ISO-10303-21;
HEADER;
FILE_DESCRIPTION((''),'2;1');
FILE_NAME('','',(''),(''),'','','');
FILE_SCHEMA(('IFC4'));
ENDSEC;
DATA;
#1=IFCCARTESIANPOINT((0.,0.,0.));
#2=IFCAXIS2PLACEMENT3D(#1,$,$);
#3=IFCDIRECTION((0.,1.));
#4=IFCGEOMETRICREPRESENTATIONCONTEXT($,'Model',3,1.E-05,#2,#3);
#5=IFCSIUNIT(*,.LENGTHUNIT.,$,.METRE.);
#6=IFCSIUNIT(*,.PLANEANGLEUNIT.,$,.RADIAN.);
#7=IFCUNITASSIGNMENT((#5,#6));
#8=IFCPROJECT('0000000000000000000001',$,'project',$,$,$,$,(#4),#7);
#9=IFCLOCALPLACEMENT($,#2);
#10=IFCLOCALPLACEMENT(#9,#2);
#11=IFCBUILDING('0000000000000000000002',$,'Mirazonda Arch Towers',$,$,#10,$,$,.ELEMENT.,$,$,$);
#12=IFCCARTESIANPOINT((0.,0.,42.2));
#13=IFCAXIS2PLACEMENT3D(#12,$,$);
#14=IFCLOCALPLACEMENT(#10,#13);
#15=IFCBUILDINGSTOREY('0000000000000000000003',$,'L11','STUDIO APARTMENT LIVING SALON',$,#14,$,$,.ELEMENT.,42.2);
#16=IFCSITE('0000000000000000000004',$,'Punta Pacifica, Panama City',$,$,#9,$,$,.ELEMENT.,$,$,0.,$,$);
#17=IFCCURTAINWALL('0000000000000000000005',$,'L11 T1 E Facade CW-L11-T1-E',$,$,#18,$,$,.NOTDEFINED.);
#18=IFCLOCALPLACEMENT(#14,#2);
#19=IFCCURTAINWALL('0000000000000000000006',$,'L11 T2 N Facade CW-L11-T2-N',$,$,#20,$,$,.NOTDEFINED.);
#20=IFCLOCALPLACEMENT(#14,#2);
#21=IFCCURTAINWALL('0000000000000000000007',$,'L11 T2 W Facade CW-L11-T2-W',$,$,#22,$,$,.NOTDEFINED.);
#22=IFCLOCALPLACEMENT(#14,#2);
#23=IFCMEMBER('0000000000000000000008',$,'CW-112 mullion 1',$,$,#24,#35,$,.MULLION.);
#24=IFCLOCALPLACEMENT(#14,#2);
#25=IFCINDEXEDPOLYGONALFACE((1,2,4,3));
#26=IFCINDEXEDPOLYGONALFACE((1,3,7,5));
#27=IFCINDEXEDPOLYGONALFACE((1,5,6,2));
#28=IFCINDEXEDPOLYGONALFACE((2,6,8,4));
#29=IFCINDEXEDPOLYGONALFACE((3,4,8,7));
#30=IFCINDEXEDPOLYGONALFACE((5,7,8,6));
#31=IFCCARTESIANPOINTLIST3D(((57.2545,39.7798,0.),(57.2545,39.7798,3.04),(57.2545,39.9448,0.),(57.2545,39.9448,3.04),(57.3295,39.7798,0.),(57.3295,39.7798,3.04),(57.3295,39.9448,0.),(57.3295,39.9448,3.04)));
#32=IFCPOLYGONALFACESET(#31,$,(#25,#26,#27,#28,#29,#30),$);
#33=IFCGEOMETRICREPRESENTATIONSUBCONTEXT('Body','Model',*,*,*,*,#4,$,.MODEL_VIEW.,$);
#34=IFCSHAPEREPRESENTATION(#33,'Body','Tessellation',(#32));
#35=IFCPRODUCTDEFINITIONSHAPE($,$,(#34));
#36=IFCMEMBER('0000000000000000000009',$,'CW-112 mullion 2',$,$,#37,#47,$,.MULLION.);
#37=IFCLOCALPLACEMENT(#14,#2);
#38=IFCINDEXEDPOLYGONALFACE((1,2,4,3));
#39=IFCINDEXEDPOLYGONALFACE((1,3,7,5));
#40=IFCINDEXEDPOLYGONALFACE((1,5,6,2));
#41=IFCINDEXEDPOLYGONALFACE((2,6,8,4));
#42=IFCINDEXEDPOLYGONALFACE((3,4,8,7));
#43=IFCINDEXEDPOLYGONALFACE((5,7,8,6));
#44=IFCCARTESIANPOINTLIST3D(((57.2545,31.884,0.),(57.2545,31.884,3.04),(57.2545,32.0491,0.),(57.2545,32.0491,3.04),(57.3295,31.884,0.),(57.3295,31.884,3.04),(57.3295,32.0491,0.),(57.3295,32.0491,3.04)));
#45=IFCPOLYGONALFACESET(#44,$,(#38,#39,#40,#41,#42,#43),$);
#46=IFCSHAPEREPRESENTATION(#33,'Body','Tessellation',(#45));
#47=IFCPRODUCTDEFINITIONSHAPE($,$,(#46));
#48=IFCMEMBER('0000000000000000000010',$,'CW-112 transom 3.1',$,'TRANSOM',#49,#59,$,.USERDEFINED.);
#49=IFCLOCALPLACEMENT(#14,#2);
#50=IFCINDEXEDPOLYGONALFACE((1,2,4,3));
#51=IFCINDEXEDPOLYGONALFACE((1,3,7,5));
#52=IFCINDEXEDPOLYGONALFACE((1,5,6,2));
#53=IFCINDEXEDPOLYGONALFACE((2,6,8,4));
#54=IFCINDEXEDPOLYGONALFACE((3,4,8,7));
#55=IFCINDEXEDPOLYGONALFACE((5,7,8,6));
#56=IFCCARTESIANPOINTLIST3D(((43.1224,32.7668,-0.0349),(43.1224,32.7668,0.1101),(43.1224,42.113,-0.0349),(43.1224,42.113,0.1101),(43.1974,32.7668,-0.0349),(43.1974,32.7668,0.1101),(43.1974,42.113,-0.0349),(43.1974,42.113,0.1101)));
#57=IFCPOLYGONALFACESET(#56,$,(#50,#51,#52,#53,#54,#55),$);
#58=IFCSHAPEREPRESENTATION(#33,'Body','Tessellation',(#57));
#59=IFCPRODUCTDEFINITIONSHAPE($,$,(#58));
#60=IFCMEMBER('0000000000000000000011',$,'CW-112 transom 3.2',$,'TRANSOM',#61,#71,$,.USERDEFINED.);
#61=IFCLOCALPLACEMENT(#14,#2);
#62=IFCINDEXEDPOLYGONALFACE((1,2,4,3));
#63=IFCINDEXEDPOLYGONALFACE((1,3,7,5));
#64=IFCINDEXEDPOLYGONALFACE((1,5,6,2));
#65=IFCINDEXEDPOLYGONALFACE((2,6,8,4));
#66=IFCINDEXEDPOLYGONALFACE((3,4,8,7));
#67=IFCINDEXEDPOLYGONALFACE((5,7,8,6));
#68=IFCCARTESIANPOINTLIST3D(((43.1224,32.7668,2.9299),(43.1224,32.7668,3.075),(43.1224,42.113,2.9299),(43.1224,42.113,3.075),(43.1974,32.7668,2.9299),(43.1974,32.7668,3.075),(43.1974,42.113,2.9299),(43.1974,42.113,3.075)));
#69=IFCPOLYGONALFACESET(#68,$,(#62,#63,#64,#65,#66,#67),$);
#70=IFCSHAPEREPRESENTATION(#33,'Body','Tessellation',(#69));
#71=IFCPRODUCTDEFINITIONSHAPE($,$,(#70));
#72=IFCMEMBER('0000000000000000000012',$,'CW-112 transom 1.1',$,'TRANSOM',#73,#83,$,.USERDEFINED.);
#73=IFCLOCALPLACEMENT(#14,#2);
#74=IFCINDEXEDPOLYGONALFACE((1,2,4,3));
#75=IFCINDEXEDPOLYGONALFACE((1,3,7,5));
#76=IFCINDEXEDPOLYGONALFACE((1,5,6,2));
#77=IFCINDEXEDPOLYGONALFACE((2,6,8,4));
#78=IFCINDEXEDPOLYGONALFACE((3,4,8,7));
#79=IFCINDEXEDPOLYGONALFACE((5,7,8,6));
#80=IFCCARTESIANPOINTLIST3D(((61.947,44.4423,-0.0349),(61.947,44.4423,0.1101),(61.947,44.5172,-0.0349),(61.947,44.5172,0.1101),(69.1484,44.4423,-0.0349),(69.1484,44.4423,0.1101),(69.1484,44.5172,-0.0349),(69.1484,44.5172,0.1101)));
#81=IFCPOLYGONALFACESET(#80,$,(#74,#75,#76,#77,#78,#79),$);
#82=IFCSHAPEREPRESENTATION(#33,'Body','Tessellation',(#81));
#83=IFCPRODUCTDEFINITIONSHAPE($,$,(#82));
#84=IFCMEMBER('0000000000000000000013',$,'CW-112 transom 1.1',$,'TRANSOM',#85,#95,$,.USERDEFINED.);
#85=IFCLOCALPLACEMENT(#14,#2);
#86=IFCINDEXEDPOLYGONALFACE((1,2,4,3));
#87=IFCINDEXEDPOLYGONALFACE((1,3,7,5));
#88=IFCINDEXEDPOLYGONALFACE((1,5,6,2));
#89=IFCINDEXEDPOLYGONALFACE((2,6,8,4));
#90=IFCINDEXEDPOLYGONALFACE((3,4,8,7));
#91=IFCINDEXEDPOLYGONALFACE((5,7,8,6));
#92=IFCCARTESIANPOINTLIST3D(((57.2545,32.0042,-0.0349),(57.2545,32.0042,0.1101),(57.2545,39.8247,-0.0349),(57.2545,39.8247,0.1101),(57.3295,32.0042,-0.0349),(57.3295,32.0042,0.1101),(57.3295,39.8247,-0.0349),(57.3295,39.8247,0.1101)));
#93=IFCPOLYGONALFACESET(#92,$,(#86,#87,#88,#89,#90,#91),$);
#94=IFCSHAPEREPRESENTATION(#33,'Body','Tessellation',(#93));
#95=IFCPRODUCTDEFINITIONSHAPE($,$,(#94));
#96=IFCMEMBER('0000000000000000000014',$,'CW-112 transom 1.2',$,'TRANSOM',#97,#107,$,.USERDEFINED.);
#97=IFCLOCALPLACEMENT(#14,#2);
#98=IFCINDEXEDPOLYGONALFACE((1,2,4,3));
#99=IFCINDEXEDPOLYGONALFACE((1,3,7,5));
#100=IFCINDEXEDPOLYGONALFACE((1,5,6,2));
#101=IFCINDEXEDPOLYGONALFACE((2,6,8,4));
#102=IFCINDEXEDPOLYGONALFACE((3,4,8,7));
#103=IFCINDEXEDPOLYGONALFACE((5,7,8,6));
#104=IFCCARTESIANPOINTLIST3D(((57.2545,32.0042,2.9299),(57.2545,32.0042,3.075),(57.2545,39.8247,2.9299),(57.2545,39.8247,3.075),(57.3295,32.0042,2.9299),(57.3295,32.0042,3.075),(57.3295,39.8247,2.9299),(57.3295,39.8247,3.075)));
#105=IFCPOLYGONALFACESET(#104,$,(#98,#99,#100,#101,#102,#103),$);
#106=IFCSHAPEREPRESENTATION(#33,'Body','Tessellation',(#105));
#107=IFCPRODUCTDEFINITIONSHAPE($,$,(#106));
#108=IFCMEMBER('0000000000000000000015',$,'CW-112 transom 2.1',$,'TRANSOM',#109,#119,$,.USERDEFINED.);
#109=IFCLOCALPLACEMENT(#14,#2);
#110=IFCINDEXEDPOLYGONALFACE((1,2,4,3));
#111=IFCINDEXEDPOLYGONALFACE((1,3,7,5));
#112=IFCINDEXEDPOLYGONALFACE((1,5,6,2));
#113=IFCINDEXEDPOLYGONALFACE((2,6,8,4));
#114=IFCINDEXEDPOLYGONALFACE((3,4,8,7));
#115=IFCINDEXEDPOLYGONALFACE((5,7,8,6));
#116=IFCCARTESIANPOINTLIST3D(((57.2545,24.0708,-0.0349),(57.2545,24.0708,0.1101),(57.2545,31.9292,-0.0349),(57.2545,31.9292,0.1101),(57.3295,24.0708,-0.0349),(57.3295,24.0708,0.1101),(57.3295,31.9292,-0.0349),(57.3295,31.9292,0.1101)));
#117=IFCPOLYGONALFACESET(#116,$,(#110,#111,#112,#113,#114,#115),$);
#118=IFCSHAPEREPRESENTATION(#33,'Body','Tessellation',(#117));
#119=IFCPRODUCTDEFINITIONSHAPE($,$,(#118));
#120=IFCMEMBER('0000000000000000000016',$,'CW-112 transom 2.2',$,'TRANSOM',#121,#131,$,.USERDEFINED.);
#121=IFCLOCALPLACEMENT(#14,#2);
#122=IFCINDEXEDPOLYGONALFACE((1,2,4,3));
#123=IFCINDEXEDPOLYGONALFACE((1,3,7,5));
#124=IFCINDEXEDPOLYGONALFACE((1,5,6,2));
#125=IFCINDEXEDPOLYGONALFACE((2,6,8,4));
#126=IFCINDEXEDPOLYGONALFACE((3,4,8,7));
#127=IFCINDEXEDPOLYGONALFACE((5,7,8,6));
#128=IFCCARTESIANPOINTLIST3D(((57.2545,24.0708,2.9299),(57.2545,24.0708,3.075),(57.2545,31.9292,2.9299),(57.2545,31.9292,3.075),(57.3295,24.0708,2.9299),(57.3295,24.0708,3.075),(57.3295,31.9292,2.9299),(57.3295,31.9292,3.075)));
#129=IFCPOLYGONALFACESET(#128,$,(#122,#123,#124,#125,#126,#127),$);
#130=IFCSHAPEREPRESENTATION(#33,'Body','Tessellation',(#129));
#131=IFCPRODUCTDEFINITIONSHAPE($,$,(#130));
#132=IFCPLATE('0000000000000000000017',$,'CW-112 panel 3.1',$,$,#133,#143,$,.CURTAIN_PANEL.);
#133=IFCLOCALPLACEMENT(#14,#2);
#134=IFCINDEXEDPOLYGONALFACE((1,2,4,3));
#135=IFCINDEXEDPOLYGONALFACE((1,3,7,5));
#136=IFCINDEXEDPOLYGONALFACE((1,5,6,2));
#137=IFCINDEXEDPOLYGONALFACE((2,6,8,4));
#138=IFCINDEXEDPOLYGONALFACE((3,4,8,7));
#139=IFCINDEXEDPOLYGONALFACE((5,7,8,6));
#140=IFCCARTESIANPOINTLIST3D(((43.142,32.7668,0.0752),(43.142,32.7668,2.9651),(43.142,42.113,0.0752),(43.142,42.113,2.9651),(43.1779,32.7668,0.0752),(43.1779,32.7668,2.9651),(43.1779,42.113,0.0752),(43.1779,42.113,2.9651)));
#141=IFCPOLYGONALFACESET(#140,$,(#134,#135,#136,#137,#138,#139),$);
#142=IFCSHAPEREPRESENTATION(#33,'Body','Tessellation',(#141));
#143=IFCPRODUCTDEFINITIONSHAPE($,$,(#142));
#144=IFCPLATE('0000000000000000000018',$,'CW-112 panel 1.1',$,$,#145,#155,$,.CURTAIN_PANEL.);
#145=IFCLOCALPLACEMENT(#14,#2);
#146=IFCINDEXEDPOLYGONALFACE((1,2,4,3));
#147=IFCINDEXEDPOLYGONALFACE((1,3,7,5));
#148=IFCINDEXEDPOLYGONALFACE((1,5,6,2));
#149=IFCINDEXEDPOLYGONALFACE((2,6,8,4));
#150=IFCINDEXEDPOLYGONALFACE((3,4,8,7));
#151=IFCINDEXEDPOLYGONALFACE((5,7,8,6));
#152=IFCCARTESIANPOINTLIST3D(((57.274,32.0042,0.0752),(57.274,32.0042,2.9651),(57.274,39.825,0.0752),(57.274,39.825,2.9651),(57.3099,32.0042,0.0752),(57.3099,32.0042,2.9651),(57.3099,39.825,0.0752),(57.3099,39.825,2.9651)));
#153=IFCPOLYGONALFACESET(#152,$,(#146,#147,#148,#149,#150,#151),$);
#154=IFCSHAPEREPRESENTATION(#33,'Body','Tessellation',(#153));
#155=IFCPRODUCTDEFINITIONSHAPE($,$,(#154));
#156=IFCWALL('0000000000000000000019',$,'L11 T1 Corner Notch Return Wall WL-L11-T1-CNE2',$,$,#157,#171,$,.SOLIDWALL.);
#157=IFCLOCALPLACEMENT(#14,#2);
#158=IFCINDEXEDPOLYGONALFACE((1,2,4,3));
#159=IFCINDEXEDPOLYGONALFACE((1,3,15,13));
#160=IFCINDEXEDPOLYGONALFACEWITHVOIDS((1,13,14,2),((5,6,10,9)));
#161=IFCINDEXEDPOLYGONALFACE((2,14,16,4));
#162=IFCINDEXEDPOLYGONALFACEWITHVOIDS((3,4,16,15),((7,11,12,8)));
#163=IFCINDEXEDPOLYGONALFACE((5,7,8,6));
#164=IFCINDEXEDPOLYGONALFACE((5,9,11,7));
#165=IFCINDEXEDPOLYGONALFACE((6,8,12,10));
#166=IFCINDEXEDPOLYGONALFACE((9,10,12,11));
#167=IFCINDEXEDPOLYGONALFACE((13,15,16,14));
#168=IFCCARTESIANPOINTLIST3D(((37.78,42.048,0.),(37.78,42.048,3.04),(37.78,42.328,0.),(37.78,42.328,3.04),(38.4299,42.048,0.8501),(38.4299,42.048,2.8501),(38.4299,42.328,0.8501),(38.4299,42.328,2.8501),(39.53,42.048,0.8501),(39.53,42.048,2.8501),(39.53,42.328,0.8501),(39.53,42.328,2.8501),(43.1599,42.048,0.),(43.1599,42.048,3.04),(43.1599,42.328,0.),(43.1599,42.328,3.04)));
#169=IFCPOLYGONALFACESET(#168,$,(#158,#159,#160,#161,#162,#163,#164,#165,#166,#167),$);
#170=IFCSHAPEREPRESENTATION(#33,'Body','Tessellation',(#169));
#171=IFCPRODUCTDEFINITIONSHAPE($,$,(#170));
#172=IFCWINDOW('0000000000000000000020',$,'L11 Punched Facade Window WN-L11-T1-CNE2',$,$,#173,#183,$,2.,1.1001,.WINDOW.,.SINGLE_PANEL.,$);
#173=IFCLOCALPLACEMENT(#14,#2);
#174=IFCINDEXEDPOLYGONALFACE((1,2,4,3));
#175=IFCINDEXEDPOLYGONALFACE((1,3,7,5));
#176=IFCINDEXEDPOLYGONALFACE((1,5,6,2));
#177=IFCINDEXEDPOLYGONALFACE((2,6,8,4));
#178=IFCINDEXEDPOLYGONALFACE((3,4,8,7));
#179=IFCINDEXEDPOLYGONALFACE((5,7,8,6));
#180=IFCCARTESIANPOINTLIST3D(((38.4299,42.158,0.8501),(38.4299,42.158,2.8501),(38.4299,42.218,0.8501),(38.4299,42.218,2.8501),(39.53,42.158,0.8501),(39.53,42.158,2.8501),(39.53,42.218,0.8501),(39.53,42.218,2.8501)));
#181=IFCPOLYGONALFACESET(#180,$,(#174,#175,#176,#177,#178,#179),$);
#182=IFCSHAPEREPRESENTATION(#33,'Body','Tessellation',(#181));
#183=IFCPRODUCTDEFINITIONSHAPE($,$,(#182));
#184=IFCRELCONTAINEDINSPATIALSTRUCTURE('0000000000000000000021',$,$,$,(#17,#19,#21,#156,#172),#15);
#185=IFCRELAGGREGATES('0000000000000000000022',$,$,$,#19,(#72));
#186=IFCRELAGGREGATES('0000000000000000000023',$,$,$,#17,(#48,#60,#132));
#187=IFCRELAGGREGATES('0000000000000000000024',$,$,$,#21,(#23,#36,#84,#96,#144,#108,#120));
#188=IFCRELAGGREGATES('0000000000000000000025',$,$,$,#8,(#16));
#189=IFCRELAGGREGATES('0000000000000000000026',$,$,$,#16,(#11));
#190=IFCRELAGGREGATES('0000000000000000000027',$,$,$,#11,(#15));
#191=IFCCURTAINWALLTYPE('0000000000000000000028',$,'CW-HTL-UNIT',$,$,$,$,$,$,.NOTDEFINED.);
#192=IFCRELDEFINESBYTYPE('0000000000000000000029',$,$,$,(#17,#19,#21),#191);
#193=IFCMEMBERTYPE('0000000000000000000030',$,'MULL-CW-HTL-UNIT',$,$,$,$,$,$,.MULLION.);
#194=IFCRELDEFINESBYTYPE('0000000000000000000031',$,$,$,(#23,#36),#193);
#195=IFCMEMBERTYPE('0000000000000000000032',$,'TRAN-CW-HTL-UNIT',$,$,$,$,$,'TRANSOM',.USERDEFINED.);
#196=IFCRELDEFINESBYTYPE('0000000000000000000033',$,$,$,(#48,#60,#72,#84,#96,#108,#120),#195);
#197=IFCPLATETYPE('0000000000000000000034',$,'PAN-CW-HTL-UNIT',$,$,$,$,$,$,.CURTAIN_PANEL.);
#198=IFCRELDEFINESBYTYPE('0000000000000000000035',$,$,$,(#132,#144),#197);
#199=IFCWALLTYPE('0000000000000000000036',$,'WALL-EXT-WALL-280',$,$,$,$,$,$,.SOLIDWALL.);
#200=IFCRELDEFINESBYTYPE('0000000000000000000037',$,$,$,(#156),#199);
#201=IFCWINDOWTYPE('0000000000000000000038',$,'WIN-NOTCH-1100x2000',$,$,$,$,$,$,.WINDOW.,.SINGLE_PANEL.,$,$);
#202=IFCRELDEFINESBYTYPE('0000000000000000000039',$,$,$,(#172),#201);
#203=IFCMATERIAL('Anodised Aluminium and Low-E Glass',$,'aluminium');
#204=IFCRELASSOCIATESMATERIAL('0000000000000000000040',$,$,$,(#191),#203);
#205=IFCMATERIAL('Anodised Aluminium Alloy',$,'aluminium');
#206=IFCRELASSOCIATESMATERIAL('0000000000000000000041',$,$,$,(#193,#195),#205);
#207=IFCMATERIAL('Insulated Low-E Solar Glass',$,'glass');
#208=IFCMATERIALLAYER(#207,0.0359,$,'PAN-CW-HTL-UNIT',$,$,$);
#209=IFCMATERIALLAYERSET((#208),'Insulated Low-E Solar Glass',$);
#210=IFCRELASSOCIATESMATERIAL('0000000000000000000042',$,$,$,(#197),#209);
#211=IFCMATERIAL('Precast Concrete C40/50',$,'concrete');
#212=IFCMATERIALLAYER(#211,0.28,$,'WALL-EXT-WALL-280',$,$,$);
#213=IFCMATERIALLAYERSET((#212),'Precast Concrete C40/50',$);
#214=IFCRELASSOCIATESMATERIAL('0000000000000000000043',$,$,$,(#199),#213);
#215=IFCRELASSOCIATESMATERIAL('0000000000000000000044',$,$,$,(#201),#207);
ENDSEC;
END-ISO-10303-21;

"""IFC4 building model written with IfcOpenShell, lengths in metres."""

from ifc_helpers import new_model, si_unit, direction, frame, frame_2d, origin, origin_2d, place, context, subcontext, project, spatial, rectangle, extrude, material, layer, layer_set, material_profile, profile_set, type_object, element, fill, aggregate, save


model = new_model("IFC4")

# Units and contexts
model_context = context("Model", 3, precision=1e-05, world=origin(), true_north=direction((0.0, 1.0)))
body_context = subcontext(model_context, "Body", "Model", "MODEL_VIEW")
ifc_project = project(units=[si_unit("LENGTHUNIT", "METRE"), si_unit("PLANEANGLEUNIT", "RADIAN")], contexts=[model_context])

# Site, building, storey
site_placement = place(None, origin())
site = spatial("IfcSite", under=ifc_project, at=site_placement, Name="Punta Pacifica, Panama City", CompositionType="ELEMENT", RefElevation=0.0)
building_placement = place(site_placement, origin())
building = spatial("IfcBuilding", under=site, at=building_placement, Name="Mirazonda Arch Towers", CompositionType="ELEMENT")
storey_placement = place(building_placement, frame((0.0, 0.0, 42.2)))
storey = spatial("IfcBuildingStorey", under=building, at=storey_placement, Name="L11", Description="STUDIO APARTMENT LIVING SALON", CompositionType="ELEMENT", Elevation=42.2)

# Curtain wall
ifc_material_1 = material(Name="Anodised Aluminium and Low-E Glass", Category="aluminium")
curtain_wall_type = type_object("IfcCurtainWallType", Name="CW-HTL-UNIT", PredefinedType="NOTDEFINED", material=ifc_material_1)
curtain_wall_1_placement = place(storey_placement, origin())
curtain_wall_1 = element("IfcCurtainWall", 1, at=curtain_wall_1_placement, inside=storey, type_object=curtain_wall_type, Name="L11 T1 E Facade CW-L11-T1-E", PredefinedType="NOTDEFINED")
ifc_material_2 = material(Name="Anodised Aluminium Alloy", Category="aluminium")
ifc_material_profile_1 = material_profile(ifc_material_2, rectangle(XDim=0.075, YDim=0.165, at=origin_2d()), Name="ALU-MULL-75x165")
ifc_profile_set_1 = profile_set([ifc_material_profile_1], Name="Anodised Aluminium Alloy")
member_type_1 = type_object("IfcMemberType", Name="MULL-CW-HTL-UNIT", PredefinedType="MULLION", material=ifc_profile_set_1)

# Curtain wall
curtain_wall_2_placement = place(storey_placement, origin())
curtain_wall_2 = element("IfcCurtainWall", 2, at=curtain_wall_2_placement, inside=storey, type_object=curtain_wall_type, Name="L11 T2 N Facade CW-L11-T2-N", PredefinedType="NOTDEFINED")

# Curtain wall, members
curtain_wall_3_placement = place(storey_placement, origin())
curtain_wall_3 = element("IfcCurtainWall", 3, at=curtain_wall_3_placement, inside=storey, type_object=curtain_wall_type, Name="L11 T2 W Facade CW-L11-T2-W", PredefinedType="NOTDEFINED")
member_1_placement = place(storey_placement, frame((57.292, 39.8623, 0.0), z_axis=(0.0, 0.0, 1.0), x_axis=(1.0, 0.0, 0.0)))
member_1 = element("IfcMember", 4, at=member_1_placement, type_object=member_type_1, Name="CW-112 mullion 1", PredefinedType="MULLION", context=body_context, shape_type="SweptSolid", body=[
    extrude(rectangle(XDim=0.075, YDim=0.165, at=origin_2d()), origin(), (0.0, 0.0, 1.0), 3.04),
])
member_2_placement = place(storey_placement, frame((57.292, 31.9666, 0.0), z_axis=(0.0, 0.0, 1.0), x_axis=(1.0, 0.0, 0.0)))
member_2 = element("IfcMember", 5, at=member_2_placement, type_object=member_type_1, Name="CW-112 mullion 2", PredefinedType="MULLION", context=body_context, shape_type="SweptSolid", body=[
    extrude(rectangle(XDim=0.075, YDim=0.165, at=origin_2d()), origin(), (0.0, 0.0, 1.0), 3.04),
])

# Members
ifc_material_profile_2 = material_profile(ifc_material_2, rectangle(XDim=0.075, YDim=0.145, at=origin_2d()), Name="ALU-TRAN-75x145")
ifc_profile_set_2 = profile_set([ifc_material_profile_2], Name="Anodised Aluminium Alloy")
member_type_2 = type_object("IfcMemberType", Name="TRAN-CW-HTL-UNIT", ElementType="TRANSOM", PredefinedType="USERDEFINED", material=ifc_profile_set_2)
member_3_placement = place(storey_placement, frame((43.1599, 32.7668, 0.0376), z_axis=(0.0, 1.0, 0.0), x_axis=(-1.0, 0.0, 0.0)))
member_3 = element("IfcMember", 6, at=member_3_placement, type_object=member_type_2, Name="CW-112 transom 3.1", ObjectType="TRANSOM", PredefinedType="USERDEFINED", context=body_context, shape_type="SweptSolid", body=[
    extrude(rectangle(XDim=0.075, YDim=0.145, at=origin_2d()), origin(), (0.0, 0.0, 1.0), 9.3462),
])
member_4_placement = place(storey_placement, frame((43.1599, 32.7668, 3.0024), z_axis=(0.0, 1.0, 0.0), x_axis=(-1.0, 0.0, 0.0)))
member_4 = element("IfcMember", 7, at=member_4_placement, type_object=member_type_2, Name="CW-112 transom 3.2", ObjectType="TRANSOM", PredefinedType="USERDEFINED", context=body_context, shape_type="SweptSolid", body=[
    extrude(rectangle(XDim=0.075, YDim=0.145, at=origin_2d()), origin(), (0.0, 0.0, 1.0), 9.3462),
])
member_5_placement = place(storey_placement, frame((61.947, 44.4797, 0.0376), z_axis=(1.0, 0.0, 0.0), x_axis=(0.0, 1.0, 0.0)))
member_5 = element("IfcMember", 8, at=member_5_placement, type_object=member_type_2, Name="CW-112 transom 1.1", ObjectType="TRANSOM", PredefinedType="USERDEFINED", context=body_context, shape_type="SweptSolid", body=[
    extrude(rectangle(XDim=0.075, YDim=0.145, at=origin_2d()), origin(), (0.0, 0.0, 1.0), 7.2014),
])
aggregate(curtain_wall_2, [member_5])
member_6_placement = place(storey_placement, frame((57.292, 39.8247, 0.0376), z_axis=(0.0, -1.0, 0.0), x_axis=(1.0, 0.0, 0.0)))
member_6 = element("IfcMember", 9, at=member_6_placement, type_object=member_type_2, Name="CW-112 transom 1.1", ObjectType="TRANSOM", PredefinedType="USERDEFINED", context=body_context, shape_type="SweptSolid", body=[
    extrude(rectangle(XDim=0.075, YDim=0.145, at=origin_2d()), origin(), (0.0, 0.0, 1.0), 7.8206),
])
member_7_placement = place(storey_placement, frame((57.292, 39.8247, 3.0024), z_axis=(0.0, -1.0, 0.0), x_axis=(1.0, 0.0, 0.0)))
member_7 = element("IfcMember", 10, at=member_7_placement, type_object=member_type_2, Name="CW-112 transom 1.2", ObjectType="TRANSOM", PredefinedType="USERDEFINED", context=body_context, shape_type="SweptSolid", body=[
    extrude(rectangle(XDim=0.075, YDim=0.145, at=origin_2d()), origin(), (0.0, 0.0, 1.0), 7.8206),
])
member_8_placement = place(storey_placement, frame((57.292, 31.9292, 0.0376), z_axis=(0.0, -1.0, 0.0), x_axis=(1.0, 0.0, 0.0)))
member_8 = element("IfcMember", 11, at=member_8_placement, type_object=member_type_2, Name="CW-112 transom 2.1", ObjectType="TRANSOM", PredefinedType="USERDEFINED", context=body_context, shape_type="SweptSolid", body=[
    extrude(rectangle(XDim=0.075, YDim=0.145, at=origin_2d()), origin(), (0.0, 0.0, 1.0), 7.8584),
])
member_9_placement = place(storey_placement, frame((57.292, 31.9292, 3.0024), z_axis=(0.0, -1.0, 0.0), x_axis=(1.0, 0.0, 0.0)))
member_9 = element("IfcMember", 12, at=member_9_placement, type_object=member_type_2, Name="CW-112 transom 2.2", ObjectType="TRANSOM", PredefinedType="USERDEFINED", context=body_context, shape_type="SweptSolid", body=[
    extrude(rectangle(XDim=0.075, YDim=0.145, at=origin_2d()), origin(), (0.0, 0.0, 1.0), 7.8584),
])

# Plates
ifc_material_3 = material(Name="Insulated Low-E Solar Glass", Category="glass")
ifc_layer_1 = layer(ifc_material_3, 0.0359, Name="PAN-CW-HTL-UNIT")
ifc_layer_set_1 = layer_set([ifc_layer_1], Name="Insulated Low-E Solar Glass")
plate_type = type_object("IfcPlateType", Name="PAN-CW-HTL-UNIT", PredefinedType="CURTAIN_PANEL", material=ifc_layer_set_1)
plate_1_placement = place(storey_placement, frame((43.1599, 37.4399, 0.0752), z_axis=(0.0, 0.0, 1.0), x_axis=(0.0, 1.0, 0.0)))
plate_1 = element("IfcPlate", 13, at=plate_1_placement, type_object=plate_type, Name="CW-112 panel 3.1", PredefinedType="CURTAIN_PANEL", context=body_context, shape_type="SweptSolid", body=[
    extrude(rectangle(XDim=9.3462, YDim=0.0359, at=origin_2d()), origin(), (0.0, 0.0, 1.0), 2.8899),
])
aggregate(curtain_wall_1, [member_3, member_4, plate_1])
plate_2_placement = place(storey_placement, frame((57.292, 35.9146, 0.0752), z_axis=(0.0, 0.0, 1.0), x_axis=(0.0, -1.0, 0.0)))
plate_2 = element("IfcPlate", 14, at=plate_2_placement, type_object=plate_type, Name="CW-112 panel 1.1", PredefinedType="CURTAIN_PANEL", context=body_context, shape_type="SweptSolid", body=[
    extrude(rectangle(XDim=7.8208, YDim=0.0359, at=origin_2d()), origin(), (0.0, 0.0, 1.0), 2.8899),
])
aggregate(curtain_wall_3, [member_1, member_2, member_6, member_7, plate_2, member_8, member_9])

# Wall, opening, window
ifc_material_4 = material(Name="Precast Concrete C40/50", Category="concrete")
ifc_layer_2 = layer(ifc_material_4, 0.28, Name="WALL-EXT-WALL-280")
ifc_layer_set_2 = layer_set([ifc_layer_2], Name="Precast Concrete C40/50")
wall_type_1 = type_object("IfcWallType", Name="WALL-EXT-WALL-280", PredefinedType="SOLIDWALL", material=ifc_layer_set_2)
wall_1_placement = place(storey_placement, frame((43.1599, 42.188, 0.0), z_axis=(0.0, 0.0, 1.0), x_axis=(-1.0, 0.0, 0.0)))
wall_1 = element("IfcWall", 15, at=wall_1_placement, inside=storey, type_object=wall_type_1, Name="L11 T1 Corner Notch Return Wall WL-L11-T1-CNE2", PredefinedType="SOLIDWALL", context=body_context, shape_type="SweptSolid", body=[
    extrude(rectangle(XDim=5.3799, YDim=0.28, at=frame_2d((2.6899, 0.0))), origin(), (0.0, 0.0, 1.0), 3.04),
])
opening_1_placement = place(wall_1_placement, frame((3.6299, 0.0, 0.8501)))
opening_1 = element("IfcOpeningElement", 16, at=opening_1_placement, cuts=wall_1, PredefinedType="OPENING", context=body_context, shape_type="SweptSolid", body=[
    extrude(rectangle(XDim=1.1001, YDim=2.0, at=frame_2d((0.55, 1.0))), frame((0.0, 0.1499, 0.0), z_axis=(0.0, -1.0, 0.0), x_axis=(1.0, 0.0, 0.0)), (0.0, 0.0, 1.0), 0.3),
])
window_type = type_object("IfcWindowType", Name="WIN-NOTCH-1100x2000", PartitioningType="SINGLE_PANEL", PredefinedType="WINDOW", material=ifc_material_3)
window_1_placement = place(opening_1_placement, origin())
window_1 = element("IfcWindow", 17, at=window_1_placement, inside=storey, type_object=window_type, Name="L11 Punched Facade Window WN-L11-T1-CNE2", OverallHeight=2.0, OverallWidth=1.1001, PartitioningType="SINGLE_PANEL", PredefinedType="WINDOW", context=body_context, shape_type="SweptSolid", body=[
    extrude(rectangle(XDim=1.1001, YDim=2.0, at=frame_2d((0.55, 1.0))), frame((0.0, 0.03, 0.0), z_axis=(0.0, -1.0, 0.0), x_axis=(1.0, 0.0, 0.0)), (0.0, 0.0, 1.0), 0.0601),
])
fill(opening_1, window_1)

save(model, "model.ifc")
